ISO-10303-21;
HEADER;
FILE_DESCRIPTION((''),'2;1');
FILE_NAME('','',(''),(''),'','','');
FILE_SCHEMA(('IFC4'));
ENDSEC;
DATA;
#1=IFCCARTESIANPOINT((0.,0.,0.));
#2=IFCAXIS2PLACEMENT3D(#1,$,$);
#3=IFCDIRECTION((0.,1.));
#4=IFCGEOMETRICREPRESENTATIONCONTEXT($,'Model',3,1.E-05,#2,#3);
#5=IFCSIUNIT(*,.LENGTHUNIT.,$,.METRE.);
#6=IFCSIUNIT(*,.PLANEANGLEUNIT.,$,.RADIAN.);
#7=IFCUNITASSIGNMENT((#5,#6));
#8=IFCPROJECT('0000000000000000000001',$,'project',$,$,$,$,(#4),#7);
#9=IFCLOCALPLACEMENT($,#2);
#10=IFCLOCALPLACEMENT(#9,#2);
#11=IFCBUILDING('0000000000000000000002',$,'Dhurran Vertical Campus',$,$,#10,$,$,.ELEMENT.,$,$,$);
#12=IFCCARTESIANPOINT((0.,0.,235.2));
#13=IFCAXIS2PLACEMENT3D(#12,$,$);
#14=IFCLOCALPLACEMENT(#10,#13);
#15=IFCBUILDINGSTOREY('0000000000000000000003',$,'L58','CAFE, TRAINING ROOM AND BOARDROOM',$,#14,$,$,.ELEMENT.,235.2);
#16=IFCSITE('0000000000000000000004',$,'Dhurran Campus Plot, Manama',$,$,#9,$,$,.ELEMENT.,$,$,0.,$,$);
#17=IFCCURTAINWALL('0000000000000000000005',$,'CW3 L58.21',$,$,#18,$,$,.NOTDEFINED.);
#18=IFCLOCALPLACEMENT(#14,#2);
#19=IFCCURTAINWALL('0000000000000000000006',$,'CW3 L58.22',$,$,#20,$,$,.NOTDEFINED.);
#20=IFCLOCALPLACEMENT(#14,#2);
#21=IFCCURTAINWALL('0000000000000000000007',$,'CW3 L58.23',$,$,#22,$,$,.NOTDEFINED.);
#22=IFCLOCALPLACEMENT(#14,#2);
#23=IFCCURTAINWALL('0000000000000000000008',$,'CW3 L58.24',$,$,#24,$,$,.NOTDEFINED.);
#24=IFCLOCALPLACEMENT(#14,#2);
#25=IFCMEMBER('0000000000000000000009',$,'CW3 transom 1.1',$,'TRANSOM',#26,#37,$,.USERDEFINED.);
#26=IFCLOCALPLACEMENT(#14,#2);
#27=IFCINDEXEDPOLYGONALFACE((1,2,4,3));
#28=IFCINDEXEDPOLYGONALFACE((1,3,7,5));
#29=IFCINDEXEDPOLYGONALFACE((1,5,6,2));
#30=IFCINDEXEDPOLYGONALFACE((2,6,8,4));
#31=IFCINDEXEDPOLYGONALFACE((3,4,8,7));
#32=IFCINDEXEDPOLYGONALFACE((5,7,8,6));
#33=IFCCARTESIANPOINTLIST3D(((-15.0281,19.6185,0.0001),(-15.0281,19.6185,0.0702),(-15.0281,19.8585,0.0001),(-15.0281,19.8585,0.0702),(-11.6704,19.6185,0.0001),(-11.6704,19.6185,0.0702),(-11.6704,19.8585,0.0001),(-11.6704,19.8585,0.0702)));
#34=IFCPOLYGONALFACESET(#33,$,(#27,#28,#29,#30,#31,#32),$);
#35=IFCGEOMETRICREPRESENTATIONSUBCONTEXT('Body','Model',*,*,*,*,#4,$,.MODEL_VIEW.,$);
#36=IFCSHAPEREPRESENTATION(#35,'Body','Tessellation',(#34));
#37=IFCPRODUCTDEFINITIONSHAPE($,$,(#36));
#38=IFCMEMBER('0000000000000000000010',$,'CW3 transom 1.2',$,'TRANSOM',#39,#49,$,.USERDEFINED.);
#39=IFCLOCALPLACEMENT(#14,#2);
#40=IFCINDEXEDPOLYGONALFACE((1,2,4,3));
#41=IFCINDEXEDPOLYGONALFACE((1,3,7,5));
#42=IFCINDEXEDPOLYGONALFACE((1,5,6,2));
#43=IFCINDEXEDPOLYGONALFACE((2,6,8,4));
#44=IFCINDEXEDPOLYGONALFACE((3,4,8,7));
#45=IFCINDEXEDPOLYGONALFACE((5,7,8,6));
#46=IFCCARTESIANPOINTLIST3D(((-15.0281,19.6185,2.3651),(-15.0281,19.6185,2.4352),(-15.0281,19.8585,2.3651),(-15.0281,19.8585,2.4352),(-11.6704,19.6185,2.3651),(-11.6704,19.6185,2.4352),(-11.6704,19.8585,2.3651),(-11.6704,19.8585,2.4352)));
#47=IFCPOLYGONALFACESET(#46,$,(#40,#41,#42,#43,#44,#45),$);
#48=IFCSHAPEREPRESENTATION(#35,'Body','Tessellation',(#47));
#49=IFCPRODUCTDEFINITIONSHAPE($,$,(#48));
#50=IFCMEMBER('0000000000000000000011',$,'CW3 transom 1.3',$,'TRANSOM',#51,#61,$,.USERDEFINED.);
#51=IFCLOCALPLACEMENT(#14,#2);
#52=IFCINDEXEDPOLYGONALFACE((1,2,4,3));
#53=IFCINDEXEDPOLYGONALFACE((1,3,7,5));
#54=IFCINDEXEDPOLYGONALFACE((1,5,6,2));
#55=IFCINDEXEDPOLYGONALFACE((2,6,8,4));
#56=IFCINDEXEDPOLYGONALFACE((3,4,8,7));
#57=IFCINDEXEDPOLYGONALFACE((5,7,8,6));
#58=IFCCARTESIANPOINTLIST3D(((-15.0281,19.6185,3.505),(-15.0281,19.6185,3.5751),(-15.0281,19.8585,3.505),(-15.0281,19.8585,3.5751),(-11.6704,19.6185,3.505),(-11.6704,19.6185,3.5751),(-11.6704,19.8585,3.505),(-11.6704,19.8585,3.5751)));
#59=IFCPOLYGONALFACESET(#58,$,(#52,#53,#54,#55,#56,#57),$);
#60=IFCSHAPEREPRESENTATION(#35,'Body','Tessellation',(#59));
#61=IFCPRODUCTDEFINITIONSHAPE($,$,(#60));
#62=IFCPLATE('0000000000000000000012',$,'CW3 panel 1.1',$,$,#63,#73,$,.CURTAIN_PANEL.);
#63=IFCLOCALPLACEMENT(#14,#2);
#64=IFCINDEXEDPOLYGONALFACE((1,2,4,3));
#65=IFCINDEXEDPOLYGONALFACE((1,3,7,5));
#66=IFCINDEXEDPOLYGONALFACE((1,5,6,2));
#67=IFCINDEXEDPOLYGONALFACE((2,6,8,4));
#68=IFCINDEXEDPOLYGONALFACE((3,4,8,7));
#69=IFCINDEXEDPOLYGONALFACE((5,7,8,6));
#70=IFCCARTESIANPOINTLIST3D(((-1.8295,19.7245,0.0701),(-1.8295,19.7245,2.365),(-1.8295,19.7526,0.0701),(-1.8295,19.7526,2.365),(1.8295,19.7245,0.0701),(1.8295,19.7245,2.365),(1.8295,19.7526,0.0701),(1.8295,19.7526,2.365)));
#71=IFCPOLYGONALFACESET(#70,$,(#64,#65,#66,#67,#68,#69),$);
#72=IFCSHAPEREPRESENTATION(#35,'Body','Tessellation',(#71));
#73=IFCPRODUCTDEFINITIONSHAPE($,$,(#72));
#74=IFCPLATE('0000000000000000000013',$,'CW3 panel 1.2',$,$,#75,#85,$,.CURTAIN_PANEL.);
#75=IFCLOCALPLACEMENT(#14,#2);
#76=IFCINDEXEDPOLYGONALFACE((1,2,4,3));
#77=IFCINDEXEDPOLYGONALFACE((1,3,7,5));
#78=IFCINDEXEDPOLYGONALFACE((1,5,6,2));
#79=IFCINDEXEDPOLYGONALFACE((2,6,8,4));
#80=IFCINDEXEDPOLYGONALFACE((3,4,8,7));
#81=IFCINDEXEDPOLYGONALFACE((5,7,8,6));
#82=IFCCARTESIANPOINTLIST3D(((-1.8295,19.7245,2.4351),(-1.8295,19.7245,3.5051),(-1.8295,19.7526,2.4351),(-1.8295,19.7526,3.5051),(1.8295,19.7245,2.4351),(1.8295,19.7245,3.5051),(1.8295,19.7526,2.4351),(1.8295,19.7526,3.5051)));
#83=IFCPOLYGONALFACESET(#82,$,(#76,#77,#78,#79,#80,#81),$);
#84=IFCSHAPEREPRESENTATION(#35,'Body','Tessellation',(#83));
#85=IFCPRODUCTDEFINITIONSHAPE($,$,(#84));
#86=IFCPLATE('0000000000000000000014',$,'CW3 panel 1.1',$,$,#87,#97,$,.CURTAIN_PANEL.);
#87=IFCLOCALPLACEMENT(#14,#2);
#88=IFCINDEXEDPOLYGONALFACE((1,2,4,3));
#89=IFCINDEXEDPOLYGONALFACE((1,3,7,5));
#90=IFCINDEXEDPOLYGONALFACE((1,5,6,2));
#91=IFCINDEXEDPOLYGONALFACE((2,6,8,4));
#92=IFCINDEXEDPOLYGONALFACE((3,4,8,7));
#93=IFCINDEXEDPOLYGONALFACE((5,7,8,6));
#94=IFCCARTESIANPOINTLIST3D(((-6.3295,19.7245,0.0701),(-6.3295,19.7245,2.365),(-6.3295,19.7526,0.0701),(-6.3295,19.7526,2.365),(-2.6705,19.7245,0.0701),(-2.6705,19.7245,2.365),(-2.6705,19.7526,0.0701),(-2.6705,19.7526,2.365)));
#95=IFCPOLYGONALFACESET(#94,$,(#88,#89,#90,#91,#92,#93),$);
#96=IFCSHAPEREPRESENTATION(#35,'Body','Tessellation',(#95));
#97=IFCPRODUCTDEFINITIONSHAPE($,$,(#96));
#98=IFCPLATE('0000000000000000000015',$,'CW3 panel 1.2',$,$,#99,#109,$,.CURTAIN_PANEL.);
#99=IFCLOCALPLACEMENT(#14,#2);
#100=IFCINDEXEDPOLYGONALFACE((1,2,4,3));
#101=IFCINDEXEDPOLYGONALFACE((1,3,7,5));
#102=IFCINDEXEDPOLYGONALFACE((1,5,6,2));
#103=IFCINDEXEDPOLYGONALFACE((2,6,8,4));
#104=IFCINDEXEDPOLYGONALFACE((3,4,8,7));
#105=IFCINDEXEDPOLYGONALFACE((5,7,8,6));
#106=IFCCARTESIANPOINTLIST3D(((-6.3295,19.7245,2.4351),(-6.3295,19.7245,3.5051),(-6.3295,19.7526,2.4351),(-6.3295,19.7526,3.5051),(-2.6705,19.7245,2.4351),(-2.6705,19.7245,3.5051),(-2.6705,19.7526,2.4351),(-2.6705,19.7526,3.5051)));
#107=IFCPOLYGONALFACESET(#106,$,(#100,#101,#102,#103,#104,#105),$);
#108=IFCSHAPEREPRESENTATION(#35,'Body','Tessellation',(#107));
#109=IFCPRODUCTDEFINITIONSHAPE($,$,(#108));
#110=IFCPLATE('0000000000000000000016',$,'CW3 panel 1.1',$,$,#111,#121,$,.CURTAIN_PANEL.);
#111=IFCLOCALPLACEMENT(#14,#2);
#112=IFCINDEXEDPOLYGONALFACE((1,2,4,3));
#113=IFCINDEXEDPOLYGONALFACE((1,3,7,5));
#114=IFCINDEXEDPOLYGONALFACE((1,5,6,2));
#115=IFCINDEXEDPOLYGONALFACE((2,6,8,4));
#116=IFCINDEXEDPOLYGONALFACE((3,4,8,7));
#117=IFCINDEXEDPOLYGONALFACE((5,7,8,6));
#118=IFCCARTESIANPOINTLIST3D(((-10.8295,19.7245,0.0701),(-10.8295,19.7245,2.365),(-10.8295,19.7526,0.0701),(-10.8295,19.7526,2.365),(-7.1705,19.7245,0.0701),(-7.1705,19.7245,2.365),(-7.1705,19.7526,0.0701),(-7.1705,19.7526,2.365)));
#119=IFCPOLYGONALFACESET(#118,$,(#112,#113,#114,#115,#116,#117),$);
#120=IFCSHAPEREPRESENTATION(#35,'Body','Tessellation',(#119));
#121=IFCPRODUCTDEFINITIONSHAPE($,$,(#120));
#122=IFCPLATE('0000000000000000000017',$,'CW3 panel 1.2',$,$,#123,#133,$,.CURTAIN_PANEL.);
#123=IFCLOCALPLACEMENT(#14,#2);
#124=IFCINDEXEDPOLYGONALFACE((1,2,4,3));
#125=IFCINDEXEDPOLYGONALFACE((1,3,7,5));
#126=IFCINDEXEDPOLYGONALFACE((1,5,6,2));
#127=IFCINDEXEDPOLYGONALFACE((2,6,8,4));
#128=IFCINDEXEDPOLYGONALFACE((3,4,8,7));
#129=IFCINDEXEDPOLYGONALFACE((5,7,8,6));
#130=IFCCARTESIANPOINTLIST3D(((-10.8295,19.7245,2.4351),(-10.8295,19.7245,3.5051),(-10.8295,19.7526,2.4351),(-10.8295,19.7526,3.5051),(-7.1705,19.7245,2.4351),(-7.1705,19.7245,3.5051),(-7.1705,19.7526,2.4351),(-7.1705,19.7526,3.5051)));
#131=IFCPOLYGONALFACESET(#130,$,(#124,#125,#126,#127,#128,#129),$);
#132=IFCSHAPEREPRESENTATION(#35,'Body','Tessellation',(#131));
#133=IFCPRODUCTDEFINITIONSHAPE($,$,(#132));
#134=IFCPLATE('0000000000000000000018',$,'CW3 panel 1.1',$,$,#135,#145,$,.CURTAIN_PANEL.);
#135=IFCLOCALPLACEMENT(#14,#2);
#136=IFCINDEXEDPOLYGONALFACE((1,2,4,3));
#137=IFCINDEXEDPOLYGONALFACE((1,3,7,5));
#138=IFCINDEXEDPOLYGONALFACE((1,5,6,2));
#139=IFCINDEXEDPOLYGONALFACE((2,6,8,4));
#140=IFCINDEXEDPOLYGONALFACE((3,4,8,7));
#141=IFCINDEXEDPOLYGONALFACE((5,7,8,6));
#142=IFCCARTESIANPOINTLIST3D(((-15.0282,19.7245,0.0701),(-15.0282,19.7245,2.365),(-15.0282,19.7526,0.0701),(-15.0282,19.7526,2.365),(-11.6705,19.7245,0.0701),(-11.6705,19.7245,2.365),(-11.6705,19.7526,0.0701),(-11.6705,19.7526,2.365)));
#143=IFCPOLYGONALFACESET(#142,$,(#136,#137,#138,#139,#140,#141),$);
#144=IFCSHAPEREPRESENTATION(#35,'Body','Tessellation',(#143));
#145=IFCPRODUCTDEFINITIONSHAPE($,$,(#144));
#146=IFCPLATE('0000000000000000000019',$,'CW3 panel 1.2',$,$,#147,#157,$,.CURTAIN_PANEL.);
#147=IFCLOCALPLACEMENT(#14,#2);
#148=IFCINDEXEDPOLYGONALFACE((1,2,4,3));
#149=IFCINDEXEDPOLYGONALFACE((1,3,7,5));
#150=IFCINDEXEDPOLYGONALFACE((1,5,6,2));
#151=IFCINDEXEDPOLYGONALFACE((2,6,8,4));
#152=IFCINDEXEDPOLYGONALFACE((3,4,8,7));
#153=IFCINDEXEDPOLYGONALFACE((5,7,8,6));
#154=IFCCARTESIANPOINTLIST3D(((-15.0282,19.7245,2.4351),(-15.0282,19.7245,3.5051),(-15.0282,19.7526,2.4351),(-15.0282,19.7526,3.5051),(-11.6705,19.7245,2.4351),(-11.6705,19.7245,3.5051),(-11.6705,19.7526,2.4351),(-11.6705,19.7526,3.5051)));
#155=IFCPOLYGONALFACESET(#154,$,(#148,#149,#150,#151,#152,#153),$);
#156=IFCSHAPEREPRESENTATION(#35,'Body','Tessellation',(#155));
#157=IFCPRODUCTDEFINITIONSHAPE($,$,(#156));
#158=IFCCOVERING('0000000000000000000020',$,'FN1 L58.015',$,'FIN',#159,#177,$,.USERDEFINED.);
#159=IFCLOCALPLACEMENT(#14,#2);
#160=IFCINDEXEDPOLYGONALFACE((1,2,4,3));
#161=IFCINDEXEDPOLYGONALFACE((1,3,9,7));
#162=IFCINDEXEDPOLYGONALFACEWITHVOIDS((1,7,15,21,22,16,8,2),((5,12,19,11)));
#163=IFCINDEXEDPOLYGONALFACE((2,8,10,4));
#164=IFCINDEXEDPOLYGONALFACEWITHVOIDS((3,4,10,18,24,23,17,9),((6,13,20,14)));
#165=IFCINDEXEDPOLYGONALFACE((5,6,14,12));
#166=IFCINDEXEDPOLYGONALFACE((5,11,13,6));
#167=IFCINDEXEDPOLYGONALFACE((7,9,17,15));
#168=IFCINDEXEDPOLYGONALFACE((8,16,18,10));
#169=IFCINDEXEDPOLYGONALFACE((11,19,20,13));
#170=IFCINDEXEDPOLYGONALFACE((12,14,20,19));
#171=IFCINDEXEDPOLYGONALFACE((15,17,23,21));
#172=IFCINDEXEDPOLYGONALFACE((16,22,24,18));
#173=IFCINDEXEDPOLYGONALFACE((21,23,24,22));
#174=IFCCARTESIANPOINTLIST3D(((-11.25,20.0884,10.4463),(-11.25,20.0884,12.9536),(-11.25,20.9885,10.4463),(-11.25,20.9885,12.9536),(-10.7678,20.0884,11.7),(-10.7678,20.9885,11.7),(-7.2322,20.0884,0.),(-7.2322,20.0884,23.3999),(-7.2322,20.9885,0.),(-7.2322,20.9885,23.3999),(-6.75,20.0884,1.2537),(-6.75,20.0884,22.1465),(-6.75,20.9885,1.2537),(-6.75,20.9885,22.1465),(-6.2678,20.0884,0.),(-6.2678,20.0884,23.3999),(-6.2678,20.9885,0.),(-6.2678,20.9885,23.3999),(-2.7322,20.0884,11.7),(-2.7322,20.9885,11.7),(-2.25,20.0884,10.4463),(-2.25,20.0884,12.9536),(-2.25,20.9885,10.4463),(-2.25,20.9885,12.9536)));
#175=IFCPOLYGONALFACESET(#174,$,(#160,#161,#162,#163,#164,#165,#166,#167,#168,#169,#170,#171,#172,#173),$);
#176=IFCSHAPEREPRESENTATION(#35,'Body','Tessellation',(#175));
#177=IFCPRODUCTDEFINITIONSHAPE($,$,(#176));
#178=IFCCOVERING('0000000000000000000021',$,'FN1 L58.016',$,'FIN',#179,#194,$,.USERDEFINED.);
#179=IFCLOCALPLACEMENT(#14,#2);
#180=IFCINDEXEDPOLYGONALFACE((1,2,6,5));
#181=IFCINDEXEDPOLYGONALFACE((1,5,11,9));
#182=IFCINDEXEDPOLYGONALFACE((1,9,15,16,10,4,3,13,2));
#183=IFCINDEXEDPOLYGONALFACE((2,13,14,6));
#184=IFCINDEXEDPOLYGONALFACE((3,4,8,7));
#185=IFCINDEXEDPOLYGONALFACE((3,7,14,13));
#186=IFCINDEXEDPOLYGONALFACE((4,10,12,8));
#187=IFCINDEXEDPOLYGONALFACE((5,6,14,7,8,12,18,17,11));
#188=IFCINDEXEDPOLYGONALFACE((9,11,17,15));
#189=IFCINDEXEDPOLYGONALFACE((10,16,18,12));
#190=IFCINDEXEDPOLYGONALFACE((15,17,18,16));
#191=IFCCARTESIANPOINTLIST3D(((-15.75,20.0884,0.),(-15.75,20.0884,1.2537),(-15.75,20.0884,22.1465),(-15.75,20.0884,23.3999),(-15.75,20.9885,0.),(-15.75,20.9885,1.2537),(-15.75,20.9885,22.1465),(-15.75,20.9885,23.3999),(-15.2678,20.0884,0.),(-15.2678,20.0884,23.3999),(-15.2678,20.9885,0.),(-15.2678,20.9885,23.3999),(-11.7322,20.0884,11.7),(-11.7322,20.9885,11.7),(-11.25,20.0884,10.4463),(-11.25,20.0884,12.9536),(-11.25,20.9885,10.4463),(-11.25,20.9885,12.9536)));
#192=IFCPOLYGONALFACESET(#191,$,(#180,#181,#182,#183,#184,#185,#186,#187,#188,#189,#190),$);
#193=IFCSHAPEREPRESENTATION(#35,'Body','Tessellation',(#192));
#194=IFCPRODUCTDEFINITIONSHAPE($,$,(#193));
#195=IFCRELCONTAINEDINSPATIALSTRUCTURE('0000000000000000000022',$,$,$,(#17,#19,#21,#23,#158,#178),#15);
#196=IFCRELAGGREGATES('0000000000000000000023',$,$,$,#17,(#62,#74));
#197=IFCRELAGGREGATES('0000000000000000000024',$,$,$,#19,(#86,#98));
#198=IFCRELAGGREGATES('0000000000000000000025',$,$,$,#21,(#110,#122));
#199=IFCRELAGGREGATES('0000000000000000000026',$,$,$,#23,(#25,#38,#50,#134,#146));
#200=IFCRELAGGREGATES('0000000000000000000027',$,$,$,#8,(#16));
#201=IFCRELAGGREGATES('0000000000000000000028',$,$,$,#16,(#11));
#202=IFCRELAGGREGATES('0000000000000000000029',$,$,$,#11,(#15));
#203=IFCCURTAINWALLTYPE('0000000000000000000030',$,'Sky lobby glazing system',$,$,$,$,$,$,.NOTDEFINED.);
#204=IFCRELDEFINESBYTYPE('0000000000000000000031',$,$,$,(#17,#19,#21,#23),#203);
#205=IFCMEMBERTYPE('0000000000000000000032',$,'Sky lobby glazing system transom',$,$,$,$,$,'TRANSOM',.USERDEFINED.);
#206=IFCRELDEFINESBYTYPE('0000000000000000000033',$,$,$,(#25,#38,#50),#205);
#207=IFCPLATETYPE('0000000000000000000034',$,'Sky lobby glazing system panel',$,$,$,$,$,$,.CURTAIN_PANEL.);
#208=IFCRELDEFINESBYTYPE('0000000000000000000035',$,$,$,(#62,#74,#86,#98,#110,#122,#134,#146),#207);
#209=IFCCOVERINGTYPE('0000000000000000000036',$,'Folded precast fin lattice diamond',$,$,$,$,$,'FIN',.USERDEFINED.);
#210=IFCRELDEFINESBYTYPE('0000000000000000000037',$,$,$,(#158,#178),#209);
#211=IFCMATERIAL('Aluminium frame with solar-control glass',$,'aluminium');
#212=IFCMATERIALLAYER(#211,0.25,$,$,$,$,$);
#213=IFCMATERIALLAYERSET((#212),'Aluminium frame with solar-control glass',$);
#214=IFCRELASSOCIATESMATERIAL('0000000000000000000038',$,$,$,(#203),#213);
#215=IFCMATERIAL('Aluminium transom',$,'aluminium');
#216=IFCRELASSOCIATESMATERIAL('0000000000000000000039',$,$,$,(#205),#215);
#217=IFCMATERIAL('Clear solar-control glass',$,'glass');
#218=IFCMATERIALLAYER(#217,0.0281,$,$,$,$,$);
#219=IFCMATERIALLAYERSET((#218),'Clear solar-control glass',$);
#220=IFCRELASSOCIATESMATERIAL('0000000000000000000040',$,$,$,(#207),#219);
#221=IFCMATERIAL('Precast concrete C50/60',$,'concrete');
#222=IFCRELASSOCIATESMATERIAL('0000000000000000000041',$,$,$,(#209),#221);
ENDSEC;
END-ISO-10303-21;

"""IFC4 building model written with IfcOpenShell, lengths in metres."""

from ifc_helpers import new_model, si_unit, direction, frame, origin, origin_2d, place, context, subcontext, project, spatial, polyline, rectangle, outline, extrude, material, layer, layer_set, material_profile, profile_set, type_object, element, aggregate, save


model = new_model("IFC4")

# Units and contexts
model_context = context("Model", 3, precision=1e-05, world=origin(), true_north=direction((0.0, 1.0)))
body_context = subcontext(model_context, "Body", "Model", "MODEL_VIEW")
ifc_project = project(units=[si_unit("LENGTHUNIT", "METRE"), si_unit("PLANEANGLEUNIT", "RADIAN")], contexts=[model_context])

# Site, building, storey
site_placement = place(None, origin())
site = spatial("IfcSite", under=ifc_project, at=site_placement, Name="Dhurran Campus Plot, Manama", CompositionType="ELEMENT", RefElevation=0.0)
building_placement = place(site_placement, origin())
building = spatial("IfcBuilding", under=site, at=building_placement, Name="Dhurran Vertical Campus", CompositionType="ELEMENT")
storey_placement = place(building_placement, frame((0.0, 0.0, 235.2)))
storey = spatial("IfcBuildingStorey", under=building, at=storey_placement, Name="L58", Description="CAFE, TRAINING ROOM AND BOARDROOM", CompositionType="ELEMENT", Elevation=235.2)

# Curtain wall
ifc_material_1 = material(Name="Aluminium frame with solar-control glass", Category="aluminium")
ifc_layer_1 = layer(ifc_material_1, 0.25)
ifc_layer_set_1 = layer_set([ifc_layer_1], Name="Aluminium frame with solar-control glass")
curtain_wall_type = type_object("IfcCurtainWallType", Name="Sky lobby glazing system", PredefinedType="NOTDEFINED", material=ifc_layer_set_1)
curtain_wall_1_placement = place(storey_placement, origin())
curtain_wall_1 = element("IfcCurtainWall", 1, at=curtain_wall_1_placement, inside=storey, type_object=curtain_wall_type, Name="CW3 L58.21", PredefinedType="NOTDEFINED")

# Curtain walls
curtain_wall_2_placement = place(storey_placement, origin())
curtain_wall_2 = element("IfcCurtainWall", 2, at=curtain_wall_2_placement, inside=storey, type_object=curtain_wall_type, Name="CW3 L58.22", PredefinedType="NOTDEFINED")
curtain_wall_3_placement = place(storey_placement, origin())
curtain_wall_3 = element("IfcCurtainWall", 3, at=curtain_wall_3_placement, inside=storey, type_object=curtain_wall_type, Name="CW3 L58.23", PredefinedType="NOTDEFINED")
curtain_wall_4_placement = place(storey_placement, origin())
curtain_wall_4 = element("IfcCurtainWall", 4, at=curtain_wall_4_placement, inside=storey, type_object=curtain_wall_type, Name="CW3 L58.24", PredefinedType="NOTDEFINED")

# Members
ifc_material_2 = material(Name="Aluminium transom", Category="aluminium")
ifc_material_profile_1 = material_profile(ifc_material_2, rectangle(XDim=0.24, YDim=0.0701, at=origin_2d()), Name="Sky lobby glazing system transom")
ifc_profile_set_1 = profile_set([ifc_material_profile_1], Name="Aluminium transom")
member_type_1 = type_object("IfcMemberType", Name="Sky lobby glazing system transom", ElementType="TRANSOM", PredefinedType="USERDEFINED", material=ifc_profile_set_1)
member_1_placement = place(storey_placement, frame((-11.6704, 19.7385, 0.0352), z_axis=(-1.0, 0.0, 0.0), x_axis=(0.0, -1.0, 0.0)))
member_1 = element("IfcMember", 5, at=member_1_placement, type_object=member_type_1, Name="CW3 transom 1.1", ObjectType="TRANSOM", PredefinedType="USERDEFINED", context=body_context, shape_type="SweptSolid", body=[
    extrude(rectangle(XDim=0.24, YDim=0.0701, at=origin_2d()), origin(), (0.0, 0.0, 1.0), 3.3577),
])
member_2_placement = place(storey_placement, frame((-11.6704, 19.7385, 2.4001), z_axis=(-1.0, 0.0, 0.0), x_axis=(0.0, -1.0, 0.0)))
member_2 = element("IfcMember", 6, at=member_2_placement, type_object=member_type_1, Name="CW3 transom 1.2", ObjectType="TRANSOM", PredefinedType="USERDEFINED", context=body_context, shape_type="SweptSolid", body=[
    extrude(rectangle(XDim=0.24, YDim=0.0701, at=origin_2d()), origin(), (0.0, 0.0, 1.0), 3.3577),
])
member_3_placement = place(storey_placement, frame((-11.6704, 19.7385, 3.54), z_axis=(-1.0, 0.0, 0.0), x_axis=(0.0, -1.0, 0.0)))
member_3 = element("IfcMember", 7, at=member_3_placement, type_object=member_type_1, Name="CW3 transom 1.3", ObjectType="TRANSOM", PredefinedType="USERDEFINED", context=body_context, shape_type="SweptSolid", body=[
    extrude(rectangle(XDim=0.24, YDim=0.0701, at=origin_2d()), origin(), (0.0, 0.0, 1.0), 3.3577),
])

# Plates
ifc_material_3 = material(Name="Clear solar-control glass", Category="glass")
ifc_layer_2 = layer(ifc_material_3, 0.0281)
ifc_layer_set_2 = layer_set([ifc_layer_2], Name="Clear solar-control glass")
plate_type = type_object("IfcPlateType", Name="Sky lobby glazing system panel", PredefinedType="CURTAIN_PANEL", material=ifc_layer_set_2)
plate_1_placement = place(storey_placement, frame((0.0, 19.7385, 0.0701), z_axis=(0.0, 0.0, 1.0), x_axis=(-1.0, 0.0, 0.0)))
plate_1 = element("IfcPlate", 8, at=plate_1_placement, type_object=plate_type, Name="CW3 panel 1.1", PredefinedType="CURTAIN_PANEL", context=body_context, shape_type="SweptSolid", body=[
    extrude(rectangle(XDim=3.6589, YDim=0.0281, at=origin_2d()), origin(), (0.0, 0.0, 1.0), 2.2949),
])
plate_2_placement = place(storey_placement, frame((0.0, 19.7385, 2.4351), z_axis=(0.0, 0.0, 1.0), x_axis=(-1.0, 0.0, 0.0)))
plate_2 = element("IfcPlate", 9, at=plate_2_placement, type_object=plate_type, Name="CW3 panel 1.2", PredefinedType="CURTAIN_PANEL", context=body_context, shape_type="SweptSolid", body=[
    extrude(rectangle(XDim=3.6589, YDim=0.0281, at=origin_2d()), origin(), (0.0, 0.0, 1.0), 1.0701),
])
aggregate(curtain_wall_1, [plate_1, plate_2])
plate_3_placement = place(storey_placement, frame((-4.5, 19.7385, 0.0701), z_axis=(0.0, 0.0, 1.0), x_axis=(-1.0, 0.0, 0.0)))
plate_3 = element("IfcPlate", 10, at=plate_3_placement, type_object=plate_type, Name="CW3 panel 1.1", PredefinedType="CURTAIN_PANEL", context=body_context, shape_type="SweptSolid", body=[
    extrude(rectangle(XDim=3.6589, YDim=0.0281, at=origin_2d()), origin(), (0.0, 0.0, 1.0), 2.2949),
])
plate_4_placement = place(storey_placement, frame((-4.5, 19.7385, 2.4351), z_axis=(0.0, 0.0, 1.0), x_axis=(-1.0, 0.0, 0.0)))
plate_4 = element("IfcPlate", 11, at=plate_4_placement, type_object=plate_type, Name="CW3 panel 1.2", PredefinedType="CURTAIN_PANEL", context=body_context, shape_type="SweptSolid", body=[
    extrude(rectangle(XDim=3.6589, YDim=0.0281, at=origin_2d()), origin(), (0.0, 0.0, 1.0), 1.0701),
])
aggregate(curtain_wall_2, [plate_3, plate_4])
plate_5_placement = place(storey_placement, frame((-9.0, 19.7385, 0.0701), z_axis=(0.0, 0.0, 1.0), x_axis=(-1.0, 0.0, 0.0)))
plate_5 = element("IfcPlate", 12, at=plate_5_placement, type_object=plate_type, Name="CW3 panel 1.1", PredefinedType="CURTAIN_PANEL", context=body_context, shape_type="SweptSolid", body=[
    extrude(rectangle(XDim=3.6589, YDim=0.0281, at=origin_2d()), origin(), (0.0, 0.0, 1.0), 2.2949),
])
plate_6_placement = place(storey_placement, frame((-9.0, 19.7385, 2.4351), z_axis=(0.0, 0.0, 1.0), x_axis=(-1.0, 0.0, 0.0)))
plate_6 = element("IfcPlate", 13, at=plate_6_placement, type_object=plate_type, Name="CW3 panel 1.2", PredefinedType="CURTAIN_PANEL", context=body_context, shape_type="SweptSolid", body=[
    extrude(rectangle(XDim=3.6589, YDim=0.0281, at=origin_2d()), origin(), (0.0, 0.0, 1.0), 1.0701),
])
aggregate(curtain_wall_3, [plate_5, plate_6])
plate_7_placement = place(storey_placement, frame((-13.3494, 19.7385, 0.0701), z_axis=(0.0, 0.0, 1.0), x_axis=(-1.0, 0.0, 0.0)))
plate_7 = element("IfcPlate", 14, at=plate_7_placement, type_object=plate_type, Name="CW3 panel 1.1", PredefinedType="CURTAIN_PANEL", context=body_context, shape_type="SweptSolid", body=[
    extrude(rectangle(XDim=3.3577, YDim=0.0281, at=origin_2d()), origin(), (0.0, 0.0, 1.0), 2.2949),
])
plate_8_placement = place(storey_placement, frame((-13.3494, 19.7385, 2.4351), z_axis=(0.0, 0.0, 1.0), x_axis=(-1.0, 0.0, 0.0)))
plate_8 = element("IfcPlate", 15, at=plate_8_placement, type_object=plate_type, Name="CW3 panel 1.2", PredefinedType="CURTAIN_PANEL", context=body_context, shape_type="SweptSolid", body=[
    extrude(rectangle(XDim=3.3577, YDim=0.0281, at=origin_2d()), origin(), (0.0, 0.0, 1.0), 1.0701),
])
aggregate(curtain_wall_4, [member_1, member_2, member_3, plate_7, plate_8])

# Coverings
ifc_material_4 = material(Name="Precast concrete C50/60", Category="concrete")
covering_type = type_object("IfcCoveringType", Name="Folded precast fin lattice diamond", ElementType="FIN", PredefinedType="USERDEFINED", material=ifc_material_4)
covering_1_placement = place(storey_placement, frame((-2.25, 20.0884, 0.0), z_axis=(0.0, 1.0, 0.0), x_axis=(-1.0, 0.0, 0.0)))
element("IfcCovering", 16, at=covering_1_placement, inside=storey, type_object=covering_type, Name="FN1 L58.015", ObjectType="FIN", PredefinedType="USERDEFINED", context=body_context, shape_type="SweptSolid", body=[
    extrude(outline(polyline([(9.0, 12.9536), (9.0, 10.4463), (4.9822, 0.0), (4.0178, 0.0), (0.0, 10.4463), (0.0, 12.9536), (4.0178, 23.3999), (4.9822, 23.3999), (9.0, 12.9536)]), holes=[polyline([(8.5178, 11.7), (4.5, 22.1465), (0.4822, 11.7), (4.5, 1.2537), (8.5178, 11.7)])]), origin(), (0.0, 0.0, 1.0), 0.9001),
])
covering_2_placement = place(storey_placement, frame((-11.25, 20.0884, 0.0), z_axis=(0.0, 1.0, 0.0), x_axis=(-1.0, 0.0, 0.0)))
element("IfcCovering", 17, at=covering_2_placement, inside=storey, type_object=covering_type, Name="FN1 L58.016", ObjectType="FIN", PredefinedType="USERDEFINED", context=body_context, shape_type="SweptSolid", body=[
    extrude(outline(polyline([(4.0178, 0.0), (0.0, 10.4463), (0.0, 12.9536), (4.0178, 23.3999), (4.5, 23.3999), (4.5, 22.1465), (0.4822, 11.7), (4.5, 1.2537), (4.5, 0.0), (4.0178, 0.0)])), origin(), (0.0, 0.0, 1.0), 0.9001),
])

save(model, "model.ifc")
